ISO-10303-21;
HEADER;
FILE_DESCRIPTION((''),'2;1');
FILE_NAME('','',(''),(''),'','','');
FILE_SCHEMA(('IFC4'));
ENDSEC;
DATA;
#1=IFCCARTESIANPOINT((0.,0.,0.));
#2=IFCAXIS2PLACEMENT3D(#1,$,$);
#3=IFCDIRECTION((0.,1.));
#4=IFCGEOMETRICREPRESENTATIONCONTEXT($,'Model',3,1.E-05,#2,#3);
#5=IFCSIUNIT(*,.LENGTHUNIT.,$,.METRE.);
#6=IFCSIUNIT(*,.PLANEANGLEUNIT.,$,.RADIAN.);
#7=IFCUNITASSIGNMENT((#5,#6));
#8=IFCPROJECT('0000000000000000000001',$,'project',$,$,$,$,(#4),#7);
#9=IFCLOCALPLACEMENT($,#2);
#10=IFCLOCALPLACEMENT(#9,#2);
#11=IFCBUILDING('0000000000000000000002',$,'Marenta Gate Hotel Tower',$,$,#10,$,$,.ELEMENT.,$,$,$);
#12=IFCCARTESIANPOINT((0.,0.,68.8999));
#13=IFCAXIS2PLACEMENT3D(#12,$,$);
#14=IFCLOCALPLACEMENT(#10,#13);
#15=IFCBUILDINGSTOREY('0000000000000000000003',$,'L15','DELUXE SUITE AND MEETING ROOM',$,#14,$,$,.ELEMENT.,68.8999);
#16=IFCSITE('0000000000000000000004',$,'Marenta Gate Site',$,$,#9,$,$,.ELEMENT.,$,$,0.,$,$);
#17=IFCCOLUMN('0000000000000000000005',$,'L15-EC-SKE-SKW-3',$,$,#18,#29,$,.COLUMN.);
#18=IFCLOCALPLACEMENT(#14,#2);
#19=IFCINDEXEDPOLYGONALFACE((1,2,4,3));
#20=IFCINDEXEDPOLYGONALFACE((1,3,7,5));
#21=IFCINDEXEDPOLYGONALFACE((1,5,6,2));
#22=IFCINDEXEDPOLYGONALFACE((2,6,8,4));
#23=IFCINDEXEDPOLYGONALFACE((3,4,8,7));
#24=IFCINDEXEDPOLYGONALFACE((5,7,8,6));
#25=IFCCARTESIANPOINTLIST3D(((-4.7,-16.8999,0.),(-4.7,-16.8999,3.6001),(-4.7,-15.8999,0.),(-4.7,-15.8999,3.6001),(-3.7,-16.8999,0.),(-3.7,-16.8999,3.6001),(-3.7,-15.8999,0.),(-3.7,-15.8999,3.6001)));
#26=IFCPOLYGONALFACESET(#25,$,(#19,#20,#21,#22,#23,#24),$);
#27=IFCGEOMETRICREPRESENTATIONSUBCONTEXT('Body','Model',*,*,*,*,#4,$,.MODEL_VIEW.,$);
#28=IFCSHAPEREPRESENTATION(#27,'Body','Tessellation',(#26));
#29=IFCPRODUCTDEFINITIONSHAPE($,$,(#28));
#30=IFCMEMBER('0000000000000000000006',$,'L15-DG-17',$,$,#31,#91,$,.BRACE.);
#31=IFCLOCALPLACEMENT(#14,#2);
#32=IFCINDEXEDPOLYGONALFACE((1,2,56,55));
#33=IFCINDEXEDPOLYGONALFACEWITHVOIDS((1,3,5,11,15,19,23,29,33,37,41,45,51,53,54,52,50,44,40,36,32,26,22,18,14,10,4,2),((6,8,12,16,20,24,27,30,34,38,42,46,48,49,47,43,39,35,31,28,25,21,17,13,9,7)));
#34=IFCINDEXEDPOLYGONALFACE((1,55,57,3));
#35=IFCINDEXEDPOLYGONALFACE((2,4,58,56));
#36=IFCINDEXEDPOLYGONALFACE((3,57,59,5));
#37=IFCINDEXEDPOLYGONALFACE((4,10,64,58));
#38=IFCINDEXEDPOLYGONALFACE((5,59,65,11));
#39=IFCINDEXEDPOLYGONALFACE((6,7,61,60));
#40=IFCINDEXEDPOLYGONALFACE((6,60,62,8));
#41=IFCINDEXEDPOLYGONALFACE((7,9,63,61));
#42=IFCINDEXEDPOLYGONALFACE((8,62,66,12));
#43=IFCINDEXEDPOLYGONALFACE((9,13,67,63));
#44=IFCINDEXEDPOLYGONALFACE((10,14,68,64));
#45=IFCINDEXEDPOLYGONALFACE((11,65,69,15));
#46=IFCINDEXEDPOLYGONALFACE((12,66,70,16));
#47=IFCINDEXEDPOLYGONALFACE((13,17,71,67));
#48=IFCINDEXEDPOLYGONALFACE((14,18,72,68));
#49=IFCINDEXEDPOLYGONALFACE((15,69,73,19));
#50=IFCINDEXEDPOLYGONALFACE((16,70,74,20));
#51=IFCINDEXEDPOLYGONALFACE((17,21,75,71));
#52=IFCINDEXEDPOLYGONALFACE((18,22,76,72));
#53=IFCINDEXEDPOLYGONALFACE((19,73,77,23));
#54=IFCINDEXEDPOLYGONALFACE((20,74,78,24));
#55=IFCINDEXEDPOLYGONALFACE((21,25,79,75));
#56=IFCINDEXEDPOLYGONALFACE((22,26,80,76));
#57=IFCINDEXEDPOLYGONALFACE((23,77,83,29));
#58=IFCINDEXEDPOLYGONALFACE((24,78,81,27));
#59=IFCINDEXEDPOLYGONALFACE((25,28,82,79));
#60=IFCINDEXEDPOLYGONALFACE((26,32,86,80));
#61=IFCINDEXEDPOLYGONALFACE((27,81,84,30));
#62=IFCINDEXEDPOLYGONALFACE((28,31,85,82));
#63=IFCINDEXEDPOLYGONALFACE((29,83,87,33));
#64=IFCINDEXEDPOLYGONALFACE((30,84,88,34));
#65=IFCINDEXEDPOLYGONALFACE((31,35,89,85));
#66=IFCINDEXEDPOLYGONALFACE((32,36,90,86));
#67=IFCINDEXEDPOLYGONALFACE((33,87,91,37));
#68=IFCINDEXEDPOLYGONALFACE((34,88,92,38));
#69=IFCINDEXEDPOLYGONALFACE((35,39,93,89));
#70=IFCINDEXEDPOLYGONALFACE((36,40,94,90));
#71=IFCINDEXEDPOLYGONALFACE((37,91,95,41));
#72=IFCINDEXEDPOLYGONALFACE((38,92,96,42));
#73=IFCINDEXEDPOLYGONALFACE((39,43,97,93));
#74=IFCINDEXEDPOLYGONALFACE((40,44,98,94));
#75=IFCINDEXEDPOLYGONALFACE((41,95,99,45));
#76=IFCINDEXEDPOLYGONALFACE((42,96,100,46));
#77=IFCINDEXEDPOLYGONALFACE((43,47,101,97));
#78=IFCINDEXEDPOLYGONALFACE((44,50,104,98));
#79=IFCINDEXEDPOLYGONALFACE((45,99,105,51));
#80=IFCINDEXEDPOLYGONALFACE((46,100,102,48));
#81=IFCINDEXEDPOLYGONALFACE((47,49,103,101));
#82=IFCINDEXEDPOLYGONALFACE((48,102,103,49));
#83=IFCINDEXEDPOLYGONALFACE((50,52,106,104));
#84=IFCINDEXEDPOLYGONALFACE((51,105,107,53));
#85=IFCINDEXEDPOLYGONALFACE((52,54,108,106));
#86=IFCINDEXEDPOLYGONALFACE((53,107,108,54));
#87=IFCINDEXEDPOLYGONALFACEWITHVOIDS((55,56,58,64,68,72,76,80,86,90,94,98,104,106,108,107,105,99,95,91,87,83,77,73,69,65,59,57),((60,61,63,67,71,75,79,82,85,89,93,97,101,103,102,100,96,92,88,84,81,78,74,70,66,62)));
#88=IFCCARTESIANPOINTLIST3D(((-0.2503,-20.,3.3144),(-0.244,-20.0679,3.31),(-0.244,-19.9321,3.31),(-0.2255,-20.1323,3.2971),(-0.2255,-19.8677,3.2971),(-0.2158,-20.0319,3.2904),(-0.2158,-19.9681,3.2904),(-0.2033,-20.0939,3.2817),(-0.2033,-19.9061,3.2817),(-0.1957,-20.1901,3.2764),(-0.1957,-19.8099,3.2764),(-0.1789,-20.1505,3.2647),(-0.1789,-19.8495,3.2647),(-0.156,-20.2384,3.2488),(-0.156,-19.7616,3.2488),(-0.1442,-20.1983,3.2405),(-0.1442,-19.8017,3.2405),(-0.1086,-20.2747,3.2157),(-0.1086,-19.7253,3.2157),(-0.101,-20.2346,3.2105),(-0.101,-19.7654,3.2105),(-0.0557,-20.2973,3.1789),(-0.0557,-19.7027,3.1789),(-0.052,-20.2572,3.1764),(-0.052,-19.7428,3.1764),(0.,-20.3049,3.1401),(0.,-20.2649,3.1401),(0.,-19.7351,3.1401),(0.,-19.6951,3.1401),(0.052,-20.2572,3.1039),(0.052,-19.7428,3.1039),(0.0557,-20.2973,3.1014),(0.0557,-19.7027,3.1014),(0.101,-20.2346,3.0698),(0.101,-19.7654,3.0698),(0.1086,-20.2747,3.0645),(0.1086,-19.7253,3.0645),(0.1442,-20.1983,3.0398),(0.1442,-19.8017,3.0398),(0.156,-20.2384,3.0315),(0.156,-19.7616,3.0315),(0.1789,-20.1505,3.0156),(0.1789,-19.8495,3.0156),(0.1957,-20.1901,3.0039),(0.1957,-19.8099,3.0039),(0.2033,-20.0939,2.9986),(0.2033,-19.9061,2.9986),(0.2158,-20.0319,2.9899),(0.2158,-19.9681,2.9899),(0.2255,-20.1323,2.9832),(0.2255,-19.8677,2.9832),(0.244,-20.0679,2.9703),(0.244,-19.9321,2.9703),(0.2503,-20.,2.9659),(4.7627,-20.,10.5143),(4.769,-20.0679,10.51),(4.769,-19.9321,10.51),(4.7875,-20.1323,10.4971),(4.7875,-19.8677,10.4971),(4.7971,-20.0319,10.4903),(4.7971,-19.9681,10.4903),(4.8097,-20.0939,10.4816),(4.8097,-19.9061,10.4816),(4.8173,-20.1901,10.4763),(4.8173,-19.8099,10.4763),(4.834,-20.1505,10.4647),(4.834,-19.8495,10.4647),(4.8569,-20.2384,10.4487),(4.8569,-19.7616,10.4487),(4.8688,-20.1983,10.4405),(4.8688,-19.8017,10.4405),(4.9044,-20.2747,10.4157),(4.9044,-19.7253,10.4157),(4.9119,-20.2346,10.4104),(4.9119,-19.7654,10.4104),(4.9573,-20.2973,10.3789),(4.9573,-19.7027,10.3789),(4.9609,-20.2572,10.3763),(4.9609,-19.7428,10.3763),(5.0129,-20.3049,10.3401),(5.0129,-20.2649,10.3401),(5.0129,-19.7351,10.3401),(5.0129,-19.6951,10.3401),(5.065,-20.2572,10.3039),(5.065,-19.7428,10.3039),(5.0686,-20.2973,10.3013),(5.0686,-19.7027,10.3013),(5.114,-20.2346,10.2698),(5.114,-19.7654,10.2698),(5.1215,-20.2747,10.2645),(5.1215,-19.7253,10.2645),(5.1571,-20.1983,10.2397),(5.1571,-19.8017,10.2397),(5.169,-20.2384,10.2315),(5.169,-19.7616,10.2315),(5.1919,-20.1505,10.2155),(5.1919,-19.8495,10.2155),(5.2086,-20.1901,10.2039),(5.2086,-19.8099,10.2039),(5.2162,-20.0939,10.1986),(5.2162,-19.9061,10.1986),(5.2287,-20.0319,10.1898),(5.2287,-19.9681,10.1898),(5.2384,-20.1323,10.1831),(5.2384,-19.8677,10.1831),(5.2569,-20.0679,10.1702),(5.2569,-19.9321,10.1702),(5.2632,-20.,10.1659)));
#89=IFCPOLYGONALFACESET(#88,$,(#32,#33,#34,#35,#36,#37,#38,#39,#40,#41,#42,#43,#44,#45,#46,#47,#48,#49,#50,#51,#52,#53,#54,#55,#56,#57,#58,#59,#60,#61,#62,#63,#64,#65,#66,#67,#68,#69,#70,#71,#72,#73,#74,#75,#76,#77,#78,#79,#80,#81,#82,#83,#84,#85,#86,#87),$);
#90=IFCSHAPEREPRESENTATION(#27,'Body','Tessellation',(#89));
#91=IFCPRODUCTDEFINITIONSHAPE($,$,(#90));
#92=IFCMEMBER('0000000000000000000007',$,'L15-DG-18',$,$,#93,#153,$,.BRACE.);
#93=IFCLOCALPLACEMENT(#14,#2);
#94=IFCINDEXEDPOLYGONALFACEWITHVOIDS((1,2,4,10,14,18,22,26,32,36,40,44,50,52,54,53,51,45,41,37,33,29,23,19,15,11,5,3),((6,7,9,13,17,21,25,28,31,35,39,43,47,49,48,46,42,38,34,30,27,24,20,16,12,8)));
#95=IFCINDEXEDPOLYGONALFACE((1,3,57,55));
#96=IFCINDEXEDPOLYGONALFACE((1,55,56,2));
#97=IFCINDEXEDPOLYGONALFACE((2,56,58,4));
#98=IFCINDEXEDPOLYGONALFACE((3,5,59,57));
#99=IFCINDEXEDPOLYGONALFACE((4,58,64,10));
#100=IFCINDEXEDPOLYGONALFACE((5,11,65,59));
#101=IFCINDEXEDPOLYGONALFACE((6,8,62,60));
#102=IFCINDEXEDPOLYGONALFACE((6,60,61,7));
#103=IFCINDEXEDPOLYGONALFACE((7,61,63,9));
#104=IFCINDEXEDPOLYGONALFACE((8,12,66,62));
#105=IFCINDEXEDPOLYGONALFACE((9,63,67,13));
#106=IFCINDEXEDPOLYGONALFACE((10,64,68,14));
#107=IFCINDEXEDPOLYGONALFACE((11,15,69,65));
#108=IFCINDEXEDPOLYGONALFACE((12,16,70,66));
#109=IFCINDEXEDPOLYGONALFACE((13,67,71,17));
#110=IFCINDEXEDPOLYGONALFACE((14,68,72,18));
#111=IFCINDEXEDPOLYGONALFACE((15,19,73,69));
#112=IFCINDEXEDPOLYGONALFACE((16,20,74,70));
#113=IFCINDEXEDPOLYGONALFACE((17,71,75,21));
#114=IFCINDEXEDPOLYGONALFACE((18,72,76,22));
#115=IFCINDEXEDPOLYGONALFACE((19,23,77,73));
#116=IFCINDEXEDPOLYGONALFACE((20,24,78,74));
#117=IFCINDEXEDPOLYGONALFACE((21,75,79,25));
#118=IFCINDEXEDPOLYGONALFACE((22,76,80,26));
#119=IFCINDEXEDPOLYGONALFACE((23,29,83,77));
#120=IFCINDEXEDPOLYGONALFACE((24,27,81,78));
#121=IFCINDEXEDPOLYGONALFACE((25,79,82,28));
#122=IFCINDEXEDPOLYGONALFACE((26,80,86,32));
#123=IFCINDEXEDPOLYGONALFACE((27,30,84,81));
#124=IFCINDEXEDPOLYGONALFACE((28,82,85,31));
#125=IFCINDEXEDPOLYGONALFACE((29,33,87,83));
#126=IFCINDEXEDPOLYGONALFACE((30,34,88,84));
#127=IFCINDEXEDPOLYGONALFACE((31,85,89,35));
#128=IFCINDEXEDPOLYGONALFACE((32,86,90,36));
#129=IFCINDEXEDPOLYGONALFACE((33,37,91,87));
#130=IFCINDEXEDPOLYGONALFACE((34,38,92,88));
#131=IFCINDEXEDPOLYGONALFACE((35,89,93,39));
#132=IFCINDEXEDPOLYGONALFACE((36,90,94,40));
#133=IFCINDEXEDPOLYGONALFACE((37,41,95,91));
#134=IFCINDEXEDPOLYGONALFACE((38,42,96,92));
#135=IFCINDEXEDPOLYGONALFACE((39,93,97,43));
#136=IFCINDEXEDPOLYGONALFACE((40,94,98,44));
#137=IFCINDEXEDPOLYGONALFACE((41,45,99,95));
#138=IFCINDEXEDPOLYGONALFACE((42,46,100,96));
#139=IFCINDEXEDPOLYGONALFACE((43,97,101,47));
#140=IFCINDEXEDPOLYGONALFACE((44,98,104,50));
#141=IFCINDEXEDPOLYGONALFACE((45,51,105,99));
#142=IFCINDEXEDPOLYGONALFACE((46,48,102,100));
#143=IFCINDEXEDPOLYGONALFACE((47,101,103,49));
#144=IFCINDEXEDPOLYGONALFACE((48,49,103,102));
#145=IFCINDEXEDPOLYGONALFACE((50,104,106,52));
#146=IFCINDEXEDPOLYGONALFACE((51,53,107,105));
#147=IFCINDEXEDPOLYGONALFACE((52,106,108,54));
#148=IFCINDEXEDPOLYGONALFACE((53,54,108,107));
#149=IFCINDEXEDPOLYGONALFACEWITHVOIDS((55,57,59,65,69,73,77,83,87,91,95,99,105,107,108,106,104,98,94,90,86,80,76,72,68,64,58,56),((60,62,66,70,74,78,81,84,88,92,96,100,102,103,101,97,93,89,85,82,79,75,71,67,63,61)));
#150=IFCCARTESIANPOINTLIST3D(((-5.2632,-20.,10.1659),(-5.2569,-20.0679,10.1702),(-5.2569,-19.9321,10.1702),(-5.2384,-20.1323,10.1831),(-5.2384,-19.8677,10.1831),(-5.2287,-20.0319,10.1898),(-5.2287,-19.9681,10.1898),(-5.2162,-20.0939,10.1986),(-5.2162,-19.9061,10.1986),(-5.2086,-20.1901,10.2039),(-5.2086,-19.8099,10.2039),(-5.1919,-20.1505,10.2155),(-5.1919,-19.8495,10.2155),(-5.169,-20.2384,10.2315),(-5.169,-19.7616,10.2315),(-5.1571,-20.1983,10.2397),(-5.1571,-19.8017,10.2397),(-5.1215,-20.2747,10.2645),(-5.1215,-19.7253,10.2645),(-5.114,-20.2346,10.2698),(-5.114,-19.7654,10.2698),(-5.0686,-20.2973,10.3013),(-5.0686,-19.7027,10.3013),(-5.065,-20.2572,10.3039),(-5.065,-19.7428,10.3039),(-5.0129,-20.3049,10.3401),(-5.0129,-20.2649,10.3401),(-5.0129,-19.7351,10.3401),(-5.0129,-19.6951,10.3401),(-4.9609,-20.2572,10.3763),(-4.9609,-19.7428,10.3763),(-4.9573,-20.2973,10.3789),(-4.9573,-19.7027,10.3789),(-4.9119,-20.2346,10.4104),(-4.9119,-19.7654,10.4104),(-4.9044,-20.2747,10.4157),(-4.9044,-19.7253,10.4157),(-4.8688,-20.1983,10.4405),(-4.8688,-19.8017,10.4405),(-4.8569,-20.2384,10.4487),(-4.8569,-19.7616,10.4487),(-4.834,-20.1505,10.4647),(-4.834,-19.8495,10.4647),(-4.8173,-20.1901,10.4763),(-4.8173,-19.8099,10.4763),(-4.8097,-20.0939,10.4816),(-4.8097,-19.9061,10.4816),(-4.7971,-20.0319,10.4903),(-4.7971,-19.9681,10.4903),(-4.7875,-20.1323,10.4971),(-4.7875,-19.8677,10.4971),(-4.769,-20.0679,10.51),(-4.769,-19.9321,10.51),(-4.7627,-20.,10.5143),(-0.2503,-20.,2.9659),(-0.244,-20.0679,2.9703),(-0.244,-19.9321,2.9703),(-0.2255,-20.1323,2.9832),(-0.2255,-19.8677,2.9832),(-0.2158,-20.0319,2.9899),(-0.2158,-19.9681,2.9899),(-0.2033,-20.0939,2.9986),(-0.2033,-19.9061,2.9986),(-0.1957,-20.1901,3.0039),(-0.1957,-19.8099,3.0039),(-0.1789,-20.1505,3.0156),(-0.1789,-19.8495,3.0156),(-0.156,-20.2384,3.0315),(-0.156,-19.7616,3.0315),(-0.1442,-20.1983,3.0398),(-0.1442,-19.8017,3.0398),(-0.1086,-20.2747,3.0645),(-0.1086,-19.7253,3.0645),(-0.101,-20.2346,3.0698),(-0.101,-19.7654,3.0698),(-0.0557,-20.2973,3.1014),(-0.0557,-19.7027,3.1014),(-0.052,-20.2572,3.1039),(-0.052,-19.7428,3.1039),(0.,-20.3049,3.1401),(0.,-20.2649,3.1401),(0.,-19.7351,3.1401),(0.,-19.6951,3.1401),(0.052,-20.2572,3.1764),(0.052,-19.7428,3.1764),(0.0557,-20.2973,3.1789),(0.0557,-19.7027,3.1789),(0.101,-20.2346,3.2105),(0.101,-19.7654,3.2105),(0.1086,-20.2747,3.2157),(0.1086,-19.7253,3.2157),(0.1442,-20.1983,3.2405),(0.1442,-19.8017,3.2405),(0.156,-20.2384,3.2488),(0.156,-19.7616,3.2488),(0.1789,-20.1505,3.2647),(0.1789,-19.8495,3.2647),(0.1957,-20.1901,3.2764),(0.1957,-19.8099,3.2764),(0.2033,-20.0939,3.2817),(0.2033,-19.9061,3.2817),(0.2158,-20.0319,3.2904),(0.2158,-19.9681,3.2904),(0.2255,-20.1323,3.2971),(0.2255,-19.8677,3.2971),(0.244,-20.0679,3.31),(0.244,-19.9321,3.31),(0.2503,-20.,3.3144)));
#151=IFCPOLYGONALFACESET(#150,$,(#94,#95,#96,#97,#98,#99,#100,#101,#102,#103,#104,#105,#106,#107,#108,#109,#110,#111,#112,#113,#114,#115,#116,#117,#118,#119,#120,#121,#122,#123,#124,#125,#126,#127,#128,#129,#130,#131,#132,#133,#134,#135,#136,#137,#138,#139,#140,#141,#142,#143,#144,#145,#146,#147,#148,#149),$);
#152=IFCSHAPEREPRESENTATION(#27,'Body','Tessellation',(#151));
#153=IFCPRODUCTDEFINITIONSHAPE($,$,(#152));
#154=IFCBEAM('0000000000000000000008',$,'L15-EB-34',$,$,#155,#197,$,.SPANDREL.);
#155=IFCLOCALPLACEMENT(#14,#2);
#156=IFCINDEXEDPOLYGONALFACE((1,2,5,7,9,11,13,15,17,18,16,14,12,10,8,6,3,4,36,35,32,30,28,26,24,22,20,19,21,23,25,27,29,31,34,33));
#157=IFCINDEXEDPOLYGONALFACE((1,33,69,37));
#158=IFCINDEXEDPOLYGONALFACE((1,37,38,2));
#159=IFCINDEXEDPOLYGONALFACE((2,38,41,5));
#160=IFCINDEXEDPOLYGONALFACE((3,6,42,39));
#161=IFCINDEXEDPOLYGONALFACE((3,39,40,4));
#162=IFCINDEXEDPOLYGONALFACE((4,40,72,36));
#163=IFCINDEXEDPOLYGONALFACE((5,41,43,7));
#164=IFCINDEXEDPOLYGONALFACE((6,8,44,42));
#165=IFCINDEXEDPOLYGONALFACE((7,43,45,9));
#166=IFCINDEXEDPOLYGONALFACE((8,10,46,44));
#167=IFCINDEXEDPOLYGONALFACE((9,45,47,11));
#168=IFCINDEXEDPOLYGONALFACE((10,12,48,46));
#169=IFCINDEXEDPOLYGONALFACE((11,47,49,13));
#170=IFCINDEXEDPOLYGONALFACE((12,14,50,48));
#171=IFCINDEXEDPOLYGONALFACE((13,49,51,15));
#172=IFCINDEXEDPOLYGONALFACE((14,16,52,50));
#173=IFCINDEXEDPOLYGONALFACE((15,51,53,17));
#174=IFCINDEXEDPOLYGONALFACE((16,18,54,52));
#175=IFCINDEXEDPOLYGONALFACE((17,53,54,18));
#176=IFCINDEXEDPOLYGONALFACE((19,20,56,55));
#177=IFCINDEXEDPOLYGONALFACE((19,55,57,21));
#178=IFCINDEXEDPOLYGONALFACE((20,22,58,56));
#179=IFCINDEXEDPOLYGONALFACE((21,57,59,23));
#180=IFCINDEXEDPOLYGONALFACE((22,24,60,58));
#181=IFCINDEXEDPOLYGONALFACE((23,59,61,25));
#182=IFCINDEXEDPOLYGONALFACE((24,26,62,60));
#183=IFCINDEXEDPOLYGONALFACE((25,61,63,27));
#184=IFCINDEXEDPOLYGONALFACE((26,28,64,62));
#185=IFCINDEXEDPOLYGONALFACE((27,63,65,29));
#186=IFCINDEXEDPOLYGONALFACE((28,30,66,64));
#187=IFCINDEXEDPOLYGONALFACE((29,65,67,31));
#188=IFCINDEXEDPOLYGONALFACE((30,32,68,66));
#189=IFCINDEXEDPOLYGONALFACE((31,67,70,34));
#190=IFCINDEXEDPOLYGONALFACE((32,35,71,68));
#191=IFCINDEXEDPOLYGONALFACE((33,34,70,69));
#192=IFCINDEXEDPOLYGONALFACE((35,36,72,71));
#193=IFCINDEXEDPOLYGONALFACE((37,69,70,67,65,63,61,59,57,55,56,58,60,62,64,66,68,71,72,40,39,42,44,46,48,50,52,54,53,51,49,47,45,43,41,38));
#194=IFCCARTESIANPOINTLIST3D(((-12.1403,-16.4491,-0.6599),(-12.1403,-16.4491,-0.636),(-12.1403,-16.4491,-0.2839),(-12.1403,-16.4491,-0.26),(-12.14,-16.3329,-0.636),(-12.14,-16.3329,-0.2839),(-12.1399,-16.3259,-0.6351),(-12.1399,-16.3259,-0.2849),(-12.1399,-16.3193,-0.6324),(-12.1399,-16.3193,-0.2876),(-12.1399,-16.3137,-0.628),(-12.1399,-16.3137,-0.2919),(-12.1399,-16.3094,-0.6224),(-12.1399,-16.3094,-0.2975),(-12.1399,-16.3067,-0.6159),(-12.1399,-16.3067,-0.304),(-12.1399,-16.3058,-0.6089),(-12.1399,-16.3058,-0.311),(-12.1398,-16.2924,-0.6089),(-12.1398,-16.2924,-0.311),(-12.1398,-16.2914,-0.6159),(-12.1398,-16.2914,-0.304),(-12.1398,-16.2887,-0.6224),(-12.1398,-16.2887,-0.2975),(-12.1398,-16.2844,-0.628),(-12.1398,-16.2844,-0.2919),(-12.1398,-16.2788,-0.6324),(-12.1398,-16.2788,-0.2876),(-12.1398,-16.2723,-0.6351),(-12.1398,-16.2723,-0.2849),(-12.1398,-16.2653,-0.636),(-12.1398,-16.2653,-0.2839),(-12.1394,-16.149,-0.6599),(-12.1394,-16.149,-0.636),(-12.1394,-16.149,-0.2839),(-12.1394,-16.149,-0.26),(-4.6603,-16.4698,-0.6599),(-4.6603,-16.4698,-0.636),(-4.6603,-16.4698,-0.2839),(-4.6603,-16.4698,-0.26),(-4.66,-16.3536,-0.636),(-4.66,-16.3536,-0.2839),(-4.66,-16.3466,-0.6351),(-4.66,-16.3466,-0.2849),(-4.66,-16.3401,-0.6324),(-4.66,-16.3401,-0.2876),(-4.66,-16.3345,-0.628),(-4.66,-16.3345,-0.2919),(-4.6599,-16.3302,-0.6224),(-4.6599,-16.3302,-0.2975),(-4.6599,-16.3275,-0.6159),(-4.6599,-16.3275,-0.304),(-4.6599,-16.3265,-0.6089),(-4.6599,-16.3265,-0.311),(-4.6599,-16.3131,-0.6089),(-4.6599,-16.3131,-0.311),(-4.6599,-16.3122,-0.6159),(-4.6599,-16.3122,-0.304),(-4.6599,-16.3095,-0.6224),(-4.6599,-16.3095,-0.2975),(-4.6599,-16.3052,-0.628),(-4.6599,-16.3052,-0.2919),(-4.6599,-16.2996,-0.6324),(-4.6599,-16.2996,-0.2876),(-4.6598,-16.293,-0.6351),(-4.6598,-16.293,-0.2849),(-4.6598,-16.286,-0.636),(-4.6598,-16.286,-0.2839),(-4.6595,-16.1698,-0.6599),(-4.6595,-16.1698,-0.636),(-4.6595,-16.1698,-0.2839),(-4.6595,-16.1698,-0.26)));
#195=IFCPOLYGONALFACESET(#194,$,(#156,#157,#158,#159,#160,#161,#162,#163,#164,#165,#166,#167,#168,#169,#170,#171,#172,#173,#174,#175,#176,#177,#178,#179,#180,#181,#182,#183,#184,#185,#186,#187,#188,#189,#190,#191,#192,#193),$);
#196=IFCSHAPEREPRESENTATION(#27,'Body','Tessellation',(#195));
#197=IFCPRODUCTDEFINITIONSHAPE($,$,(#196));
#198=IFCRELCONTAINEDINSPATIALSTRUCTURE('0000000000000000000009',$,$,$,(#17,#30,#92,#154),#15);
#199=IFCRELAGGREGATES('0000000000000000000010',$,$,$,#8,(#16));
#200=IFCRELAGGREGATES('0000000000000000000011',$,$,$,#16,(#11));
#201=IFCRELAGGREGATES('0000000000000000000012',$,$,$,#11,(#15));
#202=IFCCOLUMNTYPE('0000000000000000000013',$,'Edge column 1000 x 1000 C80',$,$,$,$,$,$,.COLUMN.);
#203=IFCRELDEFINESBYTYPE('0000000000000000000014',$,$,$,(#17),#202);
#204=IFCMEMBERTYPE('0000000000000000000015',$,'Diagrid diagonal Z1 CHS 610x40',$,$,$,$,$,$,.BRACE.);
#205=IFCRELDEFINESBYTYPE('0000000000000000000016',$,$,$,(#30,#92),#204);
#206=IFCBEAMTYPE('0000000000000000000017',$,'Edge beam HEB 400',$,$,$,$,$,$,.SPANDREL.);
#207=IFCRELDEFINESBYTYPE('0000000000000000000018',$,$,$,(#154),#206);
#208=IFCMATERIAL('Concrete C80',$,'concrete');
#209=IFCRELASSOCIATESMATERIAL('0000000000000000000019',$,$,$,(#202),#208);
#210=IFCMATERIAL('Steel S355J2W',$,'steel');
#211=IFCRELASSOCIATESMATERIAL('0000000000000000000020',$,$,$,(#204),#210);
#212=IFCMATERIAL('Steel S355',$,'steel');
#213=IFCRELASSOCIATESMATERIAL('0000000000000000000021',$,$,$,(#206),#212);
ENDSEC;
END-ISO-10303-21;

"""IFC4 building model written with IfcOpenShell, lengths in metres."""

from ifc_helpers import new_model, si_unit, direction, frame, origin, origin_2d, place, context, subcontext, project, spatial, rectangle, hollow_circle, i_section, extrude, material, material_profile, profile_set, type_object, element, save


model = new_model("IFC4")

# Units and contexts
model_context = context("Model", 3, precision=1e-05, world=origin(), true_north=direction((0.0, 1.0)))
body_context = subcontext(model_context, "Body", "Model", "MODEL_VIEW")
ifc_project = project(units=[si_unit("LENGTHUNIT", "METRE"), si_unit("PLANEANGLEUNIT", "RADIAN")], contexts=[model_context])

# Site, building, storey
site_placement = place(None, origin())
site = spatial("IfcSite", under=ifc_project, at=site_placement, Name="Marenta Gate Site", CompositionType="ELEMENT", RefElevation=0.0)
building_placement = place(site_placement, origin())
building = spatial("IfcBuilding", under=site, at=building_placement, Name="Marenta Gate Hotel Tower", CompositionType="ELEMENT")
storey_placement = place(building_placement, frame((0.0, 0.0, 68.8999)))
storey = spatial("IfcBuildingStorey", under=building, at=storey_placement, Name="L15", Description="DELUXE SUITE AND MEETING ROOM", CompositionType="ELEMENT", Elevation=68.8999)

# Column
ifc_material_1 = material(Name="Concrete C80", Category="concrete")
ifc_material_profile_1 = material_profile(ifc_material_1, rectangle(XDim=1.0, YDim=1.0, at=origin_2d()), Name="1000 x 1000")
ifc_profile_set_1 = profile_set([ifc_material_profile_1], Name="Concrete C80")
column_type = type_object("IfcColumnType", Name="Edge column 1000 x 1000 C80", PredefinedType="COLUMN", material=ifc_profile_set_1)
column_placement = place(storey_placement, frame((-4.2, -16.3999, 0.0), z_axis=(0.0, 0.0, 1.0), x_axis=(1.0, 0.0, 0.0)))
element("IfcColumn", 1, at=column_placement, inside=storey, type_object=column_type, Name="L15-EC-SKE-SKW-3", PredefinedType="COLUMN", context=body_context, shape_type="SweptSolid", body=[
    extrude(rectangle(XDim=1.0, YDim=1.0, at=origin_2d()), origin(), (0.0, 0.0, 1.0), 3.6001),
])

# Members
ifc_material_2 = material(Name="Steel S355J2W", Category="steel")
ifc_material_profile_2 = material_profile(ifc_material_2, hollow_circle(Radius=0.3049, WallThickness=0.04, at=origin_2d()), Name="CHS 610x40")
ifc_profile_set_2 = profile_set([ifc_material_profile_2], Name="Steel S355J2W")
member_type_1 = type_object("IfcMemberType", Name="Diagrid diagonal Z1 CHS 610x40", PredefinedType="BRACE", material=ifc_profile_set_2)
for number, where, z_axis, x_axis, name in (
    (2, (0.0, -20.0, 3.1401), (0.571393, 0.0, 0.820677), (0.0, 1.0, 0.0), "L15-DG-17"),
    (3, (0.0, -20.0, 3.1401), (-0.571393, 0.0, 0.820677), (0.0, -1.0, 0.0), "L15-DG-18"),
):
    element("IfcMember", number, at=place(storey_placement, frame(where, z_axis=z_axis, x_axis=x_axis)), inside=storey, type_object=member_type_1, Name=name, PredefinedType="BRACE", context=body_context, shape_type="SweptSolid", body=[
        extrude(hollow_circle(Radius=0.3049, WallThickness=0.04, at=origin_2d()), origin(), (0.0, 0.0, 1.0), 8.7732),
    ])

# Beam
ifc_material_3 = material(Name="Steel S355", Category="steel")
ifc_material_profile_3 = material_profile(ifc_material_3, i_section(OverallWidth=0.3, OverallDepth=0.3999, WebThickness=0.0134, FlangeThickness=0.0239, FilletRadius=0.0271, at=origin_2d()), Name="HEB 400")
ifc_profile_set_3 = profile_set([ifc_material_profile_3], Name="Steel S355")
beam_type = type_object("IfcBeamType", Name="Edge beam HEB 400", PredefinedType="SPANDREL", material=ifc_profile_set_3)
beam_placement = place(storey_placement, frame((-4.6599, -16.3198, -0.46), z_axis=(-0.999996, 0.002774, 0.0), x_axis=(-0.002774, -0.999996, 0.0)))
element("IfcBeam", 4, at=beam_placement, inside=storey, type_object=beam_type, Name="L15-EB-34", PredefinedType="SPANDREL", context=body_context, shape_type="SweptSolid", body=[
    extrude(i_section(OverallWidth=0.3, OverallDepth=0.3999, WebThickness=0.0134, FlangeThickness=0.0239, FilletRadius=0.0271, at=origin_2d()), origin(), (0.0, 0.0, 1.0), 7.48),
])

save(model, "model.ifc")
